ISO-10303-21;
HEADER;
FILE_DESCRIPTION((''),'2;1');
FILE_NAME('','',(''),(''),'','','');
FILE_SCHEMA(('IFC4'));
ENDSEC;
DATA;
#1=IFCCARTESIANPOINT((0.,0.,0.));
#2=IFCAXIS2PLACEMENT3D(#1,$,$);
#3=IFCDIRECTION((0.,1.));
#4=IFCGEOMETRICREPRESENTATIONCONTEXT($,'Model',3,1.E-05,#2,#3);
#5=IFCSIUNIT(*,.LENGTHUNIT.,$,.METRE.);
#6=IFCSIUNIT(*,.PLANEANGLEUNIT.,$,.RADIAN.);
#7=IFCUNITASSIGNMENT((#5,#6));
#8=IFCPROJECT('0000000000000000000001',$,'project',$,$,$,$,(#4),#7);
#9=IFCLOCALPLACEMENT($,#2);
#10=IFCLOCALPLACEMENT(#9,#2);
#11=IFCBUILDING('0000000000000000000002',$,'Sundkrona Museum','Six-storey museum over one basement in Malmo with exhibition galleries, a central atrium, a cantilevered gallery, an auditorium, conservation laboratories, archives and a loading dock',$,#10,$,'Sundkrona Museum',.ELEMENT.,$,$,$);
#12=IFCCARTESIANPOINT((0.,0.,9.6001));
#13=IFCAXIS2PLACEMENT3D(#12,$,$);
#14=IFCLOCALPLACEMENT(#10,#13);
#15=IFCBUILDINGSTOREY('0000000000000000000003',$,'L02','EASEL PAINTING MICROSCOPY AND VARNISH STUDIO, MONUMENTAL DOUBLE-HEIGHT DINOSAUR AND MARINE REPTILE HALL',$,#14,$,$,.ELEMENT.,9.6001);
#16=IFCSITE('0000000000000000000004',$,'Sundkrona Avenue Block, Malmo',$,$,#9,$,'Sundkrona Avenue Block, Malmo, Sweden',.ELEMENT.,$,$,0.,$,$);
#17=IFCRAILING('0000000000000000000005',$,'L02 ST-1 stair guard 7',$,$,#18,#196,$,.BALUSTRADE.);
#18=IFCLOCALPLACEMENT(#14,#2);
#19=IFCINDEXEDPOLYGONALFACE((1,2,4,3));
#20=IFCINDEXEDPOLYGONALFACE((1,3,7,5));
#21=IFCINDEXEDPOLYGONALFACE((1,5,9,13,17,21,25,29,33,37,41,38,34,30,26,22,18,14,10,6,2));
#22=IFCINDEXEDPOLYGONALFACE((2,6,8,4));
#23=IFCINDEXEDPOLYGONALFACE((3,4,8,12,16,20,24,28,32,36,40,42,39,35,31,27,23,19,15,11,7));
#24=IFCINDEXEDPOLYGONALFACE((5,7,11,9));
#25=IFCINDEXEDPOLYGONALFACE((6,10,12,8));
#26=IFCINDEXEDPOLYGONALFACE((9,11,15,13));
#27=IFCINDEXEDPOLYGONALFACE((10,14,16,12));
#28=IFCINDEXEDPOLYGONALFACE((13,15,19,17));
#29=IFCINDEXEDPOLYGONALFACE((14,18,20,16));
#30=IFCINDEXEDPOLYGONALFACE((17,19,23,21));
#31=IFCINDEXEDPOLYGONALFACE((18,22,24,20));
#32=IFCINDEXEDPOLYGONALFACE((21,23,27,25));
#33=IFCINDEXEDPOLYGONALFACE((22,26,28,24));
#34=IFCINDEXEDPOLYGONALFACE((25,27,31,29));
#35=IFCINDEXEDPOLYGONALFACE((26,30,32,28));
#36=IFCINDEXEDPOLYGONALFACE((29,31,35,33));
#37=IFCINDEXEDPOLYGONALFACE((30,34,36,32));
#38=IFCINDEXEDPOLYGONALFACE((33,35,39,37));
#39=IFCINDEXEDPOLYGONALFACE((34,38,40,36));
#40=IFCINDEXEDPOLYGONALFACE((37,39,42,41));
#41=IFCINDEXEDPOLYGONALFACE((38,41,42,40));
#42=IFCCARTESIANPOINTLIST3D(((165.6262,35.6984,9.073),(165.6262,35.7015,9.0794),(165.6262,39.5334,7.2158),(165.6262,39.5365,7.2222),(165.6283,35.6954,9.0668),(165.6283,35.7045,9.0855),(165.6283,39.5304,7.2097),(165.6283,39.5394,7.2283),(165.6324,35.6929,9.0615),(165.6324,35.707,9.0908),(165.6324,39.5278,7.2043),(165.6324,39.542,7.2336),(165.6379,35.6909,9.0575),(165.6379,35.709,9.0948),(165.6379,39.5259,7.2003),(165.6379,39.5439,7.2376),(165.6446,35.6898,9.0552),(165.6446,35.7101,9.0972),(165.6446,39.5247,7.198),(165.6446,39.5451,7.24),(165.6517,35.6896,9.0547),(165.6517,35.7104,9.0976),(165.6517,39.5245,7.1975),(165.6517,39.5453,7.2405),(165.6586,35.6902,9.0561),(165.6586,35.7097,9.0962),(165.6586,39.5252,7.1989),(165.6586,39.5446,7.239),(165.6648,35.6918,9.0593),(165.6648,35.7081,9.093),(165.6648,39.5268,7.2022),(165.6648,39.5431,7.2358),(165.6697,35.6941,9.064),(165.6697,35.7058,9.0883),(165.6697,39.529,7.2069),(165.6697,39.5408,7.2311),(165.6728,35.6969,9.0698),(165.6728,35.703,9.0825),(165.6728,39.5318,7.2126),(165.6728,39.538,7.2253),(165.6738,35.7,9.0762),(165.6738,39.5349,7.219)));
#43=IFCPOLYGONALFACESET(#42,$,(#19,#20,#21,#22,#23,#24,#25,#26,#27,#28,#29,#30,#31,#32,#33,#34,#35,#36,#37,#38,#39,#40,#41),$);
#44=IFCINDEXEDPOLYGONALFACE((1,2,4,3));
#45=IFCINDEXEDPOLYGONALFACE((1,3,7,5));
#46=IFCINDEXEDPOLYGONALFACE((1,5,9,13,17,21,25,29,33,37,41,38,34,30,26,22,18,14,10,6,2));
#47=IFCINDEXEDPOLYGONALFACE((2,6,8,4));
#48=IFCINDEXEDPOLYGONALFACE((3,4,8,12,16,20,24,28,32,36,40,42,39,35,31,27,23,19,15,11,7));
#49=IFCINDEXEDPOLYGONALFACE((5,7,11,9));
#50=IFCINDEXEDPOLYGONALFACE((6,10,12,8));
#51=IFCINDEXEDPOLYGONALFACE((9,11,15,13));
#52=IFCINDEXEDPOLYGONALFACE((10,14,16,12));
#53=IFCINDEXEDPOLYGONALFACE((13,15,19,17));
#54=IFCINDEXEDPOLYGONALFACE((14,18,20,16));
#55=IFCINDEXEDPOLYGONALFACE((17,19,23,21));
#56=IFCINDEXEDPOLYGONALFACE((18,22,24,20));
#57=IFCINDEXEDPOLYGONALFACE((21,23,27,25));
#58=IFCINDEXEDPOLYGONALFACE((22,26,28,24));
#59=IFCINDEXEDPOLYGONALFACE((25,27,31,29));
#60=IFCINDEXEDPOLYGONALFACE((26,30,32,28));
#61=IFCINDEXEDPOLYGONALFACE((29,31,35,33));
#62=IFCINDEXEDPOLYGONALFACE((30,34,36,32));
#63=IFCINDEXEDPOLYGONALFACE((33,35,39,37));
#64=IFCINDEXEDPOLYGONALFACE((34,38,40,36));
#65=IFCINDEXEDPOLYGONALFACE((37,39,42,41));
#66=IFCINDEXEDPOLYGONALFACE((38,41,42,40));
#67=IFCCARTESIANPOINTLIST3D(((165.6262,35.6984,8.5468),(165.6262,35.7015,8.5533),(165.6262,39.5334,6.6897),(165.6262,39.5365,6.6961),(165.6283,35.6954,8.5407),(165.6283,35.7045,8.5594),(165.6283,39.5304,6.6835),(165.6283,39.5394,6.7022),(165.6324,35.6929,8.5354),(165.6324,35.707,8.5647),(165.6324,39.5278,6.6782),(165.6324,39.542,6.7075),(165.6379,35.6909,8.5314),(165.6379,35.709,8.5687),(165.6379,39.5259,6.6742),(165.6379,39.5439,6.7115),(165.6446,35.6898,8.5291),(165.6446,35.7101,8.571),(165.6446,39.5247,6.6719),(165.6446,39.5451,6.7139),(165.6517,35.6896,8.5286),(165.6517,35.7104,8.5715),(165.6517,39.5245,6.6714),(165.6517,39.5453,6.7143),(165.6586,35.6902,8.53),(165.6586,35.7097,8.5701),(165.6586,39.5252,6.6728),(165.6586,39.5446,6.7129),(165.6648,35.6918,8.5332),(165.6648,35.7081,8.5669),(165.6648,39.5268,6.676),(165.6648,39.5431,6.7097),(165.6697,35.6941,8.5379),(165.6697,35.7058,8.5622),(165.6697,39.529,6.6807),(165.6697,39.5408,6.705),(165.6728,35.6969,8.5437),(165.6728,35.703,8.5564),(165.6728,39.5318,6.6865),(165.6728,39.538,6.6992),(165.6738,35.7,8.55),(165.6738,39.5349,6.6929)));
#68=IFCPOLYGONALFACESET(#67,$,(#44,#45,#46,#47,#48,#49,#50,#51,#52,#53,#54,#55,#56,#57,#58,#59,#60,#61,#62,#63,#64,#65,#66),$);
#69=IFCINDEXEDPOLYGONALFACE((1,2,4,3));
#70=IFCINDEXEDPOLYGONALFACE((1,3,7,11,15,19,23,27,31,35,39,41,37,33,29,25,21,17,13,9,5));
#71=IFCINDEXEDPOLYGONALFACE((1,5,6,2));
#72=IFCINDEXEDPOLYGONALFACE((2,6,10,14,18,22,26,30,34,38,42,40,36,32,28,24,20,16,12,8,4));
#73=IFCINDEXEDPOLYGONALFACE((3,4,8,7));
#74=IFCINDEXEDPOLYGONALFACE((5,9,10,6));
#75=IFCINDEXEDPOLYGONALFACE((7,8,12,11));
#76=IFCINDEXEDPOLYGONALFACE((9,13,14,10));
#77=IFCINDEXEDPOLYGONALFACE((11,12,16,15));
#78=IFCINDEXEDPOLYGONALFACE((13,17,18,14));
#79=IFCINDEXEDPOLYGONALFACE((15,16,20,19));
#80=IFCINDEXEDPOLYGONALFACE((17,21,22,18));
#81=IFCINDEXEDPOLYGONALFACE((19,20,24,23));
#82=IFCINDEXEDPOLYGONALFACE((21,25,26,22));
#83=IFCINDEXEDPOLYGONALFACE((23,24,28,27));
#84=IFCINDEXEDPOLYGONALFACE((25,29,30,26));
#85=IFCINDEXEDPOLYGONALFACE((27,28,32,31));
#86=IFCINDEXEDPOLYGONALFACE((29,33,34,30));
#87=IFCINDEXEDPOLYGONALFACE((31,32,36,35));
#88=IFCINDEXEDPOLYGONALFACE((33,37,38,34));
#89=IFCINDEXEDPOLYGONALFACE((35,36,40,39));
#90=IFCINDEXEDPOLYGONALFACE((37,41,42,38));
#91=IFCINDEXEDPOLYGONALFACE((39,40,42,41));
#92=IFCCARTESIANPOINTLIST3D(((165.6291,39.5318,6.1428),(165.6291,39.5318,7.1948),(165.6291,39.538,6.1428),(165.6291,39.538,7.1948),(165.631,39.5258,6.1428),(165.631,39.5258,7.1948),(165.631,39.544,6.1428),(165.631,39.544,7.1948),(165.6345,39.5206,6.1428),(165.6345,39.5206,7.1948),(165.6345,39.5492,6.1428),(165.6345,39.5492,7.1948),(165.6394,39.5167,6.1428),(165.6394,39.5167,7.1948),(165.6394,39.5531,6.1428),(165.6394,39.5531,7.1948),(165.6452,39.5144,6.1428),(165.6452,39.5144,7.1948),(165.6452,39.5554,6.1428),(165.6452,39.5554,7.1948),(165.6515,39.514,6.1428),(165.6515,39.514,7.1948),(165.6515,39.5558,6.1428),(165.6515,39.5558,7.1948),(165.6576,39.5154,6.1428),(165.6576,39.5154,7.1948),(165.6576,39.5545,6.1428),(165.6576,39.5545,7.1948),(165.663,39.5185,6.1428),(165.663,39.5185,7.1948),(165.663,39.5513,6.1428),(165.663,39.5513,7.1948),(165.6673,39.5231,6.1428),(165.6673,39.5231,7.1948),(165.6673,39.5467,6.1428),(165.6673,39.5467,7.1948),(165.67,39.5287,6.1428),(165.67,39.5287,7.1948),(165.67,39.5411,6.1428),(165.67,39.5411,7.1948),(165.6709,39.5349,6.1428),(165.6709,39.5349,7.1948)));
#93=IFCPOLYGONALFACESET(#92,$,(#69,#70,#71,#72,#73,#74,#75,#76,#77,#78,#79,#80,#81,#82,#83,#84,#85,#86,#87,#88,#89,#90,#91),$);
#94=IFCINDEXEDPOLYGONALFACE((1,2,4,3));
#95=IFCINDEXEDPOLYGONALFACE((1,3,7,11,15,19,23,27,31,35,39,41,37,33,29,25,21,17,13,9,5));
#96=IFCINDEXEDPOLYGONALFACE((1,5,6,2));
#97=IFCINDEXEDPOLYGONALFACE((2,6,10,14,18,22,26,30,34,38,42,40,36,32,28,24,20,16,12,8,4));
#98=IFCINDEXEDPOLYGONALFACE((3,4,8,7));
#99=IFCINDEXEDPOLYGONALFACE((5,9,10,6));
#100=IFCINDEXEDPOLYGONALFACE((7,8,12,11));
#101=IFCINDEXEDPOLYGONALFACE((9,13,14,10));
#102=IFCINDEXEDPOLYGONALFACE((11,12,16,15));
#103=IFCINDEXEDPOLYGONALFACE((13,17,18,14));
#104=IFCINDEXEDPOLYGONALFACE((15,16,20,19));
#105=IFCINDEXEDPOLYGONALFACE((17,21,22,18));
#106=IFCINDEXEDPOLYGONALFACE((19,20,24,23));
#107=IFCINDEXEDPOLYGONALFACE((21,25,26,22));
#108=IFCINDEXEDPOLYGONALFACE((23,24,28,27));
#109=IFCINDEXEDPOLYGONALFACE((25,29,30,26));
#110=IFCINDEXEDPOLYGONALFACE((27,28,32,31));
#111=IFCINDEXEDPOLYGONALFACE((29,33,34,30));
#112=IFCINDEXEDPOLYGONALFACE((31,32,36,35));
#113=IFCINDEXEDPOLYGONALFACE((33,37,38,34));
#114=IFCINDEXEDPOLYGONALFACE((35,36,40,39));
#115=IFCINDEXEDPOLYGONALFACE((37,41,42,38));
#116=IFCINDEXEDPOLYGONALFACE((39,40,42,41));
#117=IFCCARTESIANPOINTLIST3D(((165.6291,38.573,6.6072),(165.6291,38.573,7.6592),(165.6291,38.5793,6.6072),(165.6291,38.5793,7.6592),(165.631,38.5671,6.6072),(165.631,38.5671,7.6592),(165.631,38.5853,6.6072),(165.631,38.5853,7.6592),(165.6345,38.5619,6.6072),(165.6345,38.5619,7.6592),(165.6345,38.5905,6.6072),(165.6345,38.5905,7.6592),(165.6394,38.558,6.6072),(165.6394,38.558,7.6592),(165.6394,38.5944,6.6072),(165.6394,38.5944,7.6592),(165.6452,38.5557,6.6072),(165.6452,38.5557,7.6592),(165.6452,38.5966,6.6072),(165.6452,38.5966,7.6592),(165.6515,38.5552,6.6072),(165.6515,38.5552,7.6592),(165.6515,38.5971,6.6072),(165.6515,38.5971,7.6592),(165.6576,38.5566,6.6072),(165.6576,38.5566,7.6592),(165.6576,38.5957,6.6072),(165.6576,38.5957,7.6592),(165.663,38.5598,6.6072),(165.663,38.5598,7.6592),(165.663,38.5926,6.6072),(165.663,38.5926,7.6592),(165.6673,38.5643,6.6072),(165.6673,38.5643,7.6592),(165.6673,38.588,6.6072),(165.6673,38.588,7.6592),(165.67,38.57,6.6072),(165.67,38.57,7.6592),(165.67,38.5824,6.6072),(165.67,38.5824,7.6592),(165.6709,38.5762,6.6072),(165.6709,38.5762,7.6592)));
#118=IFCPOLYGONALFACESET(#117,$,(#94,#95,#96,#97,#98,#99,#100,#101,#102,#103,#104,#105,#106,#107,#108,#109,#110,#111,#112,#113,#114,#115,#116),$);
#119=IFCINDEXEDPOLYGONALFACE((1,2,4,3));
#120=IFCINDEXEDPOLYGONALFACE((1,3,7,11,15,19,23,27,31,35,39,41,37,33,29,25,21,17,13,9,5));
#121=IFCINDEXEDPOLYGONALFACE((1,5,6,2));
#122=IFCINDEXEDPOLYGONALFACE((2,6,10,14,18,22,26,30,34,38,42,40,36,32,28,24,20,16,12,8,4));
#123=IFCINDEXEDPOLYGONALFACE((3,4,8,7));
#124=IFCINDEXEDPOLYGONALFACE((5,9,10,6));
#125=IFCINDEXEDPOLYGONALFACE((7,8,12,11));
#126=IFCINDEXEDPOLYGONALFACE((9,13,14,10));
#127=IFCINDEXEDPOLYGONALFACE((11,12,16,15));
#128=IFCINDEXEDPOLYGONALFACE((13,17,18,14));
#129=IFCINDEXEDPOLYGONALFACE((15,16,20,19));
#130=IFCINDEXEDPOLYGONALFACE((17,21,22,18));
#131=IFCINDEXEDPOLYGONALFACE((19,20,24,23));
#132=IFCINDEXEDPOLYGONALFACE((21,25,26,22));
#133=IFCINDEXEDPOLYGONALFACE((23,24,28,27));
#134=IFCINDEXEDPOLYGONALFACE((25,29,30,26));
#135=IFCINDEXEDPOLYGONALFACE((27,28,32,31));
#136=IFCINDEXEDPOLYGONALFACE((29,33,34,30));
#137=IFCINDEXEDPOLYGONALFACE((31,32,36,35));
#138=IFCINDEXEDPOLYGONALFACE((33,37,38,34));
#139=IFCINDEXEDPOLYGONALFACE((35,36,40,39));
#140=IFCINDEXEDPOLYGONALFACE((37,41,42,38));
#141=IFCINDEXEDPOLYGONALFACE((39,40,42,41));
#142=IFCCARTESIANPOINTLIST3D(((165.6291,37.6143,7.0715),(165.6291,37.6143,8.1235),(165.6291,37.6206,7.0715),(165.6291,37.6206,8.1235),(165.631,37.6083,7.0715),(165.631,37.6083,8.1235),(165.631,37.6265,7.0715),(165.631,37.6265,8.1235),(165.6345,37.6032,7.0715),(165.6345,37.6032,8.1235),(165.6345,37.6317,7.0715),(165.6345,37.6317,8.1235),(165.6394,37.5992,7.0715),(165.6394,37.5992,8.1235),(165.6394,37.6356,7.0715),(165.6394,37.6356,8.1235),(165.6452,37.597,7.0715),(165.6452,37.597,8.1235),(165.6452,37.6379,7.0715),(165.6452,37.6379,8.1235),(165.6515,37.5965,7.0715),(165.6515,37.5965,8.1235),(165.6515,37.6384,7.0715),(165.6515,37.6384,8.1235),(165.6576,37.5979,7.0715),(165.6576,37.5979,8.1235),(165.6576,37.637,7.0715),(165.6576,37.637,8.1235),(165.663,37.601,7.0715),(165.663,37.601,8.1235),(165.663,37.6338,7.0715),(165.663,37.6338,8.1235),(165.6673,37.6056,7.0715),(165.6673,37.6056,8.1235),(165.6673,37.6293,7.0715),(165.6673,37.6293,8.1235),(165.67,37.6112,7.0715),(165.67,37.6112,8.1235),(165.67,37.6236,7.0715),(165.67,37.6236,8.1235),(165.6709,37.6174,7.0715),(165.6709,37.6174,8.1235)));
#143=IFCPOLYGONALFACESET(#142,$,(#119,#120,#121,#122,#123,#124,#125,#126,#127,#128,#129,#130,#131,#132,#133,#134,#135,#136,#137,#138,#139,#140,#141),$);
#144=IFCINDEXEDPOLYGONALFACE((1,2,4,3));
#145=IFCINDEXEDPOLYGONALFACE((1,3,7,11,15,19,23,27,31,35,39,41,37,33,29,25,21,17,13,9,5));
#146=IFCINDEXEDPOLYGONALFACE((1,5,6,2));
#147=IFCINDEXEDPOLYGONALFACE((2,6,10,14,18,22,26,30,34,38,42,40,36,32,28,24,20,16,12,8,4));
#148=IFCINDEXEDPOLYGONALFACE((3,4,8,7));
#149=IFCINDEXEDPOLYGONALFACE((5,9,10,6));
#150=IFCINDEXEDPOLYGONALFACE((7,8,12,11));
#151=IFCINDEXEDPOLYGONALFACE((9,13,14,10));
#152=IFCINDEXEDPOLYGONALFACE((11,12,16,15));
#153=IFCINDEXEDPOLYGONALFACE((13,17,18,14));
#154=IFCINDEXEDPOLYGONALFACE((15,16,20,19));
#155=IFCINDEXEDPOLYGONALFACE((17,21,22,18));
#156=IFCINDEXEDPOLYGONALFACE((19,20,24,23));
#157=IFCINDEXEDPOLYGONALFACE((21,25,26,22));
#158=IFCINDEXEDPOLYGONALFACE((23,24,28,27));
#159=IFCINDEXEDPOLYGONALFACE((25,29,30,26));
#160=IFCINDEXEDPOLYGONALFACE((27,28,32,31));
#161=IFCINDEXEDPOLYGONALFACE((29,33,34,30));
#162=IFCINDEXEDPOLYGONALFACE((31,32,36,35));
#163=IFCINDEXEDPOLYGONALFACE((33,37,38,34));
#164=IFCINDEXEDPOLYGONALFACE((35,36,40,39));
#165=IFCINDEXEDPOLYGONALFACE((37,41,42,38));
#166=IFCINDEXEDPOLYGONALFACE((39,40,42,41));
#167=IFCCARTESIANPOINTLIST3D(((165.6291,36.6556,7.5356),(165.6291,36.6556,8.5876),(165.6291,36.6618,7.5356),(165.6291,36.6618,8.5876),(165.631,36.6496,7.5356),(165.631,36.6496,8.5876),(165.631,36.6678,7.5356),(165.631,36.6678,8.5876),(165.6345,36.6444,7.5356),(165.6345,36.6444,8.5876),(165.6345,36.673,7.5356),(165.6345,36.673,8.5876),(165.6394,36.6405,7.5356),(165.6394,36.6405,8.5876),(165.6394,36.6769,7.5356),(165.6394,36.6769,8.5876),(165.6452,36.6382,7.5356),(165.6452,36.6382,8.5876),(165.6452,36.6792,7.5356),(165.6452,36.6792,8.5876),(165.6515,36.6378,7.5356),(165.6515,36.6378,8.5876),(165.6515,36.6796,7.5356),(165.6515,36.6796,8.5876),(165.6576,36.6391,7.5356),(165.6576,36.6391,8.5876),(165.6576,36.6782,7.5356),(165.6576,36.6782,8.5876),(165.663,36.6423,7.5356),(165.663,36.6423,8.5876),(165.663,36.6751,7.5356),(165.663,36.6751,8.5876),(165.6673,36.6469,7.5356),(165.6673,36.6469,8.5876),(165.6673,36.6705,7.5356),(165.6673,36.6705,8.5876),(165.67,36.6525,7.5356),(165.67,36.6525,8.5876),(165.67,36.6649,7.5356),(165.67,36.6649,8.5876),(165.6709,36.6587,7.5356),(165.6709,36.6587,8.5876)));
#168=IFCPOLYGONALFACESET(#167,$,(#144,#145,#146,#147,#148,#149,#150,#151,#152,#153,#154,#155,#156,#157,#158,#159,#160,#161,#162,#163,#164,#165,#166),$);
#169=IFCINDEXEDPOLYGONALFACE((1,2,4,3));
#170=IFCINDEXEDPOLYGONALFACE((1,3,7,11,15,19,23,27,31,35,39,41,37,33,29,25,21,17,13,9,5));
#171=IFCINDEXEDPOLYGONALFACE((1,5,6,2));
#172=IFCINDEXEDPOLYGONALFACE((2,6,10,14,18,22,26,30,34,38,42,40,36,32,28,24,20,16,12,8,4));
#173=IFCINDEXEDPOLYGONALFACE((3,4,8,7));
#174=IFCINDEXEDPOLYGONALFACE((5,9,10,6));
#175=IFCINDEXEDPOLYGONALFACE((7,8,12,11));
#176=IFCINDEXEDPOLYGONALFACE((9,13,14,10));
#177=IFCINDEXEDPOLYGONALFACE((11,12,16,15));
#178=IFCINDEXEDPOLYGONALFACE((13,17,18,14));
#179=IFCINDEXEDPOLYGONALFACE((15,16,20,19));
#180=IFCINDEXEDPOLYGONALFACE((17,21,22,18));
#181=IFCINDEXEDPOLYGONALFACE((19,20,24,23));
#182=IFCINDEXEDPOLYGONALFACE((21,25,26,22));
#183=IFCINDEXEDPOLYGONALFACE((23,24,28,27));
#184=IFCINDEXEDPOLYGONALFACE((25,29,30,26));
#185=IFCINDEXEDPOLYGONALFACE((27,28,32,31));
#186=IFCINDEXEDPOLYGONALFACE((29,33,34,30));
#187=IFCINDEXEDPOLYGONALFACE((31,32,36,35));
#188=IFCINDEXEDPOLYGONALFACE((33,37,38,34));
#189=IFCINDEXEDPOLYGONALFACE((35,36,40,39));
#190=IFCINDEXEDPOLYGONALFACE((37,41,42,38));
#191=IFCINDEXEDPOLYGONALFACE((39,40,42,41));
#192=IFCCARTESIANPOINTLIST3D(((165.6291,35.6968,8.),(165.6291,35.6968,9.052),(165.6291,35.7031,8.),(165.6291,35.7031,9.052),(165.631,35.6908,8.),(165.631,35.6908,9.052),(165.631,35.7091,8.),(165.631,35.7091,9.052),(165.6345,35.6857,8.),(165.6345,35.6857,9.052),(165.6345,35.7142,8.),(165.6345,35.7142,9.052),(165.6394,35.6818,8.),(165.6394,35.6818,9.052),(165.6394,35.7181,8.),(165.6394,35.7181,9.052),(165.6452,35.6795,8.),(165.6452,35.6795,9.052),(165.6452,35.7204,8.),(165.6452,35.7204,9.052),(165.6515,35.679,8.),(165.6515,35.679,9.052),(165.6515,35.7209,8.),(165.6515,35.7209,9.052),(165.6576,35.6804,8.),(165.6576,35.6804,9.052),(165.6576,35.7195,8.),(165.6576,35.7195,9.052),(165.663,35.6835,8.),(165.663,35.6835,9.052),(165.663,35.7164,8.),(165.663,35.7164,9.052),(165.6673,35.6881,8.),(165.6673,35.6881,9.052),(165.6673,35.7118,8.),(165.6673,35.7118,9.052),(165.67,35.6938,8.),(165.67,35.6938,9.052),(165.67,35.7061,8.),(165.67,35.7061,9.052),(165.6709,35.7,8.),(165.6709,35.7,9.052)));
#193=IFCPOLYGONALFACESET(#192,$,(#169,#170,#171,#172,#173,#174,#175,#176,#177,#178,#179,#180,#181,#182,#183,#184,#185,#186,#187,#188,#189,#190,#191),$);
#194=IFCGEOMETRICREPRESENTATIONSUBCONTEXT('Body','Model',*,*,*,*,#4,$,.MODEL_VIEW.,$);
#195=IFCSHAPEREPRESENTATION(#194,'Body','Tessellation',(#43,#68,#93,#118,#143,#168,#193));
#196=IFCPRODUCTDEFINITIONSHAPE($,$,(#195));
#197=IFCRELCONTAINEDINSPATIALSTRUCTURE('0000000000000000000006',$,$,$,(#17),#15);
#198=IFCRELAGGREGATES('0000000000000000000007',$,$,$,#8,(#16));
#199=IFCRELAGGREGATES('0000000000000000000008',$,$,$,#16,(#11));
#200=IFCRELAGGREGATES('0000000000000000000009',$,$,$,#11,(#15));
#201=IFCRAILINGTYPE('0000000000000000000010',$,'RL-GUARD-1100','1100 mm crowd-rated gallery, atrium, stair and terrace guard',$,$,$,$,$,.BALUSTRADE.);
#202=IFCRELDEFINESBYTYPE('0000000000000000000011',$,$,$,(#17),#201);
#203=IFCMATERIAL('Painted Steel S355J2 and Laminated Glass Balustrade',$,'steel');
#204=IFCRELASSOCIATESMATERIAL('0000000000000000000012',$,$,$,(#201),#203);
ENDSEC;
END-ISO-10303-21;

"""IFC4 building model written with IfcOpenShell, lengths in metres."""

from ifc_helpers import new_model, si_unit, direction, frame, origin, origin_2d, place, context, subcontext, project, spatial, circle, extrude, material, type_object, element, save


model = new_model("IFC4")

# Units and contexts
model_context = context("Model", 3, precision=1e-05, world=origin(), true_north=direction((0.0, 1.0)))
body_context = subcontext(model_context, "Body", "Model", "MODEL_VIEW")
ifc_project = project(units=[si_unit("LENGTHUNIT", "METRE"), si_unit("PLANEANGLEUNIT", "RADIAN")], contexts=[model_context])

# Site, building, storey
site_placement = place(None, origin())
site = spatial("IfcSite", under=ifc_project, at=site_placement, Name="Sundkrona Avenue Block, Malmo", LongName="Sundkrona Avenue Block, Malmo, Sweden", CompositionType="ELEMENT", RefElevation=0.0)
building_placement = place(site_placement, origin())
building = spatial("IfcBuilding", under=site, at=building_placement, Name="Sundkrona Museum", Description="Six-storey museum over one basement in Malmo with exhibition galleries, a central atrium, a cantilevered gallery, an auditorium, conservation laboratories, archives and a loading dock", LongName="Sundkrona Museum", CompositionType="ELEMENT")
storey_placement = place(building_placement, frame((0.0, 0.0, 9.6001)))
storey = spatial("IfcBuildingStorey", under=building, at=storey_placement, Name="L02", Description="EASEL PAINTING MICROSCOPY AND VARNISH STUDIO, MONUMENTAL DOUBLE-HEIGHT DINOSAUR AND MARINE REPTILE HALL", CompositionType="ELEMENT", Elevation=9.6001)

# Railing
ifc_material_1 = material(Name="Painted Steel S355J2 and Laminated Glass Balustrade", Category="steel")
railing_type_1 = type_object("IfcRailingType", Name="RL-GUARD-1100", Description="1100 mm crowd-rated gallery, atrium, stair and terrace guard", PredefinedType="BALUSTRADE", material=ifc_material_1)
railing_1_placement = place(storey_placement, frame((165.6499, 39.5349, 6.1428)))
element("IfcRailing", 1, at=railing_1_placement, inside=storey, type_object=railing_type_1, Name="L02 ST-1 stair guard 7", PredefinedType="BALUSTRADE", context=body_context, shape_type="SweptSolid", body=[
    extrude(circle(Radius=0.0239, at=origin_2d()), frame((0.0, 0.0, 1.0762), z_axis=(0.0, -0.900016, 0.435856), x_axis=(1.0, 0.0, 0.0)), (0.0, 0.0, 1.0), 4.261),
    extrude(circle(Radius=0.0239, at=origin_2d()), frame((0.0, 0.0, 0.55), z_axis=(0.0, -0.900016, 0.435856), x_axis=(1.0, 0.0, 0.0)), (0.0, 0.0, 1.0), 4.261),
    extrude(circle(Radius=0.021, at=origin_2d()), origin(), (0.0, 0.0, 1.0), 1.052),
    extrude(circle(Radius=0.021, at=origin_2d()), frame((0.0, -0.9587, 0.4644)), (0.0, 0.0, 1.0), 1.052),
    extrude(circle(Radius=0.021, at=origin_2d()), frame((0.0, -1.9175, 0.9287)), (0.0, 0.0, 1.0), 1.052),
    extrude(circle(Radius=0.021, at=origin_2d()), frame((0.0, -2.8762, 1.3928)), (0.0, 0.0, 1.0), 1.052),
    extrude(circle(Radius=0.021, at=origin_2d()), frame((0.0, -3.835, 1.8572)), (0.0, 0.0, 1.0), 1.052),
])

save(model, "model.ifc")
